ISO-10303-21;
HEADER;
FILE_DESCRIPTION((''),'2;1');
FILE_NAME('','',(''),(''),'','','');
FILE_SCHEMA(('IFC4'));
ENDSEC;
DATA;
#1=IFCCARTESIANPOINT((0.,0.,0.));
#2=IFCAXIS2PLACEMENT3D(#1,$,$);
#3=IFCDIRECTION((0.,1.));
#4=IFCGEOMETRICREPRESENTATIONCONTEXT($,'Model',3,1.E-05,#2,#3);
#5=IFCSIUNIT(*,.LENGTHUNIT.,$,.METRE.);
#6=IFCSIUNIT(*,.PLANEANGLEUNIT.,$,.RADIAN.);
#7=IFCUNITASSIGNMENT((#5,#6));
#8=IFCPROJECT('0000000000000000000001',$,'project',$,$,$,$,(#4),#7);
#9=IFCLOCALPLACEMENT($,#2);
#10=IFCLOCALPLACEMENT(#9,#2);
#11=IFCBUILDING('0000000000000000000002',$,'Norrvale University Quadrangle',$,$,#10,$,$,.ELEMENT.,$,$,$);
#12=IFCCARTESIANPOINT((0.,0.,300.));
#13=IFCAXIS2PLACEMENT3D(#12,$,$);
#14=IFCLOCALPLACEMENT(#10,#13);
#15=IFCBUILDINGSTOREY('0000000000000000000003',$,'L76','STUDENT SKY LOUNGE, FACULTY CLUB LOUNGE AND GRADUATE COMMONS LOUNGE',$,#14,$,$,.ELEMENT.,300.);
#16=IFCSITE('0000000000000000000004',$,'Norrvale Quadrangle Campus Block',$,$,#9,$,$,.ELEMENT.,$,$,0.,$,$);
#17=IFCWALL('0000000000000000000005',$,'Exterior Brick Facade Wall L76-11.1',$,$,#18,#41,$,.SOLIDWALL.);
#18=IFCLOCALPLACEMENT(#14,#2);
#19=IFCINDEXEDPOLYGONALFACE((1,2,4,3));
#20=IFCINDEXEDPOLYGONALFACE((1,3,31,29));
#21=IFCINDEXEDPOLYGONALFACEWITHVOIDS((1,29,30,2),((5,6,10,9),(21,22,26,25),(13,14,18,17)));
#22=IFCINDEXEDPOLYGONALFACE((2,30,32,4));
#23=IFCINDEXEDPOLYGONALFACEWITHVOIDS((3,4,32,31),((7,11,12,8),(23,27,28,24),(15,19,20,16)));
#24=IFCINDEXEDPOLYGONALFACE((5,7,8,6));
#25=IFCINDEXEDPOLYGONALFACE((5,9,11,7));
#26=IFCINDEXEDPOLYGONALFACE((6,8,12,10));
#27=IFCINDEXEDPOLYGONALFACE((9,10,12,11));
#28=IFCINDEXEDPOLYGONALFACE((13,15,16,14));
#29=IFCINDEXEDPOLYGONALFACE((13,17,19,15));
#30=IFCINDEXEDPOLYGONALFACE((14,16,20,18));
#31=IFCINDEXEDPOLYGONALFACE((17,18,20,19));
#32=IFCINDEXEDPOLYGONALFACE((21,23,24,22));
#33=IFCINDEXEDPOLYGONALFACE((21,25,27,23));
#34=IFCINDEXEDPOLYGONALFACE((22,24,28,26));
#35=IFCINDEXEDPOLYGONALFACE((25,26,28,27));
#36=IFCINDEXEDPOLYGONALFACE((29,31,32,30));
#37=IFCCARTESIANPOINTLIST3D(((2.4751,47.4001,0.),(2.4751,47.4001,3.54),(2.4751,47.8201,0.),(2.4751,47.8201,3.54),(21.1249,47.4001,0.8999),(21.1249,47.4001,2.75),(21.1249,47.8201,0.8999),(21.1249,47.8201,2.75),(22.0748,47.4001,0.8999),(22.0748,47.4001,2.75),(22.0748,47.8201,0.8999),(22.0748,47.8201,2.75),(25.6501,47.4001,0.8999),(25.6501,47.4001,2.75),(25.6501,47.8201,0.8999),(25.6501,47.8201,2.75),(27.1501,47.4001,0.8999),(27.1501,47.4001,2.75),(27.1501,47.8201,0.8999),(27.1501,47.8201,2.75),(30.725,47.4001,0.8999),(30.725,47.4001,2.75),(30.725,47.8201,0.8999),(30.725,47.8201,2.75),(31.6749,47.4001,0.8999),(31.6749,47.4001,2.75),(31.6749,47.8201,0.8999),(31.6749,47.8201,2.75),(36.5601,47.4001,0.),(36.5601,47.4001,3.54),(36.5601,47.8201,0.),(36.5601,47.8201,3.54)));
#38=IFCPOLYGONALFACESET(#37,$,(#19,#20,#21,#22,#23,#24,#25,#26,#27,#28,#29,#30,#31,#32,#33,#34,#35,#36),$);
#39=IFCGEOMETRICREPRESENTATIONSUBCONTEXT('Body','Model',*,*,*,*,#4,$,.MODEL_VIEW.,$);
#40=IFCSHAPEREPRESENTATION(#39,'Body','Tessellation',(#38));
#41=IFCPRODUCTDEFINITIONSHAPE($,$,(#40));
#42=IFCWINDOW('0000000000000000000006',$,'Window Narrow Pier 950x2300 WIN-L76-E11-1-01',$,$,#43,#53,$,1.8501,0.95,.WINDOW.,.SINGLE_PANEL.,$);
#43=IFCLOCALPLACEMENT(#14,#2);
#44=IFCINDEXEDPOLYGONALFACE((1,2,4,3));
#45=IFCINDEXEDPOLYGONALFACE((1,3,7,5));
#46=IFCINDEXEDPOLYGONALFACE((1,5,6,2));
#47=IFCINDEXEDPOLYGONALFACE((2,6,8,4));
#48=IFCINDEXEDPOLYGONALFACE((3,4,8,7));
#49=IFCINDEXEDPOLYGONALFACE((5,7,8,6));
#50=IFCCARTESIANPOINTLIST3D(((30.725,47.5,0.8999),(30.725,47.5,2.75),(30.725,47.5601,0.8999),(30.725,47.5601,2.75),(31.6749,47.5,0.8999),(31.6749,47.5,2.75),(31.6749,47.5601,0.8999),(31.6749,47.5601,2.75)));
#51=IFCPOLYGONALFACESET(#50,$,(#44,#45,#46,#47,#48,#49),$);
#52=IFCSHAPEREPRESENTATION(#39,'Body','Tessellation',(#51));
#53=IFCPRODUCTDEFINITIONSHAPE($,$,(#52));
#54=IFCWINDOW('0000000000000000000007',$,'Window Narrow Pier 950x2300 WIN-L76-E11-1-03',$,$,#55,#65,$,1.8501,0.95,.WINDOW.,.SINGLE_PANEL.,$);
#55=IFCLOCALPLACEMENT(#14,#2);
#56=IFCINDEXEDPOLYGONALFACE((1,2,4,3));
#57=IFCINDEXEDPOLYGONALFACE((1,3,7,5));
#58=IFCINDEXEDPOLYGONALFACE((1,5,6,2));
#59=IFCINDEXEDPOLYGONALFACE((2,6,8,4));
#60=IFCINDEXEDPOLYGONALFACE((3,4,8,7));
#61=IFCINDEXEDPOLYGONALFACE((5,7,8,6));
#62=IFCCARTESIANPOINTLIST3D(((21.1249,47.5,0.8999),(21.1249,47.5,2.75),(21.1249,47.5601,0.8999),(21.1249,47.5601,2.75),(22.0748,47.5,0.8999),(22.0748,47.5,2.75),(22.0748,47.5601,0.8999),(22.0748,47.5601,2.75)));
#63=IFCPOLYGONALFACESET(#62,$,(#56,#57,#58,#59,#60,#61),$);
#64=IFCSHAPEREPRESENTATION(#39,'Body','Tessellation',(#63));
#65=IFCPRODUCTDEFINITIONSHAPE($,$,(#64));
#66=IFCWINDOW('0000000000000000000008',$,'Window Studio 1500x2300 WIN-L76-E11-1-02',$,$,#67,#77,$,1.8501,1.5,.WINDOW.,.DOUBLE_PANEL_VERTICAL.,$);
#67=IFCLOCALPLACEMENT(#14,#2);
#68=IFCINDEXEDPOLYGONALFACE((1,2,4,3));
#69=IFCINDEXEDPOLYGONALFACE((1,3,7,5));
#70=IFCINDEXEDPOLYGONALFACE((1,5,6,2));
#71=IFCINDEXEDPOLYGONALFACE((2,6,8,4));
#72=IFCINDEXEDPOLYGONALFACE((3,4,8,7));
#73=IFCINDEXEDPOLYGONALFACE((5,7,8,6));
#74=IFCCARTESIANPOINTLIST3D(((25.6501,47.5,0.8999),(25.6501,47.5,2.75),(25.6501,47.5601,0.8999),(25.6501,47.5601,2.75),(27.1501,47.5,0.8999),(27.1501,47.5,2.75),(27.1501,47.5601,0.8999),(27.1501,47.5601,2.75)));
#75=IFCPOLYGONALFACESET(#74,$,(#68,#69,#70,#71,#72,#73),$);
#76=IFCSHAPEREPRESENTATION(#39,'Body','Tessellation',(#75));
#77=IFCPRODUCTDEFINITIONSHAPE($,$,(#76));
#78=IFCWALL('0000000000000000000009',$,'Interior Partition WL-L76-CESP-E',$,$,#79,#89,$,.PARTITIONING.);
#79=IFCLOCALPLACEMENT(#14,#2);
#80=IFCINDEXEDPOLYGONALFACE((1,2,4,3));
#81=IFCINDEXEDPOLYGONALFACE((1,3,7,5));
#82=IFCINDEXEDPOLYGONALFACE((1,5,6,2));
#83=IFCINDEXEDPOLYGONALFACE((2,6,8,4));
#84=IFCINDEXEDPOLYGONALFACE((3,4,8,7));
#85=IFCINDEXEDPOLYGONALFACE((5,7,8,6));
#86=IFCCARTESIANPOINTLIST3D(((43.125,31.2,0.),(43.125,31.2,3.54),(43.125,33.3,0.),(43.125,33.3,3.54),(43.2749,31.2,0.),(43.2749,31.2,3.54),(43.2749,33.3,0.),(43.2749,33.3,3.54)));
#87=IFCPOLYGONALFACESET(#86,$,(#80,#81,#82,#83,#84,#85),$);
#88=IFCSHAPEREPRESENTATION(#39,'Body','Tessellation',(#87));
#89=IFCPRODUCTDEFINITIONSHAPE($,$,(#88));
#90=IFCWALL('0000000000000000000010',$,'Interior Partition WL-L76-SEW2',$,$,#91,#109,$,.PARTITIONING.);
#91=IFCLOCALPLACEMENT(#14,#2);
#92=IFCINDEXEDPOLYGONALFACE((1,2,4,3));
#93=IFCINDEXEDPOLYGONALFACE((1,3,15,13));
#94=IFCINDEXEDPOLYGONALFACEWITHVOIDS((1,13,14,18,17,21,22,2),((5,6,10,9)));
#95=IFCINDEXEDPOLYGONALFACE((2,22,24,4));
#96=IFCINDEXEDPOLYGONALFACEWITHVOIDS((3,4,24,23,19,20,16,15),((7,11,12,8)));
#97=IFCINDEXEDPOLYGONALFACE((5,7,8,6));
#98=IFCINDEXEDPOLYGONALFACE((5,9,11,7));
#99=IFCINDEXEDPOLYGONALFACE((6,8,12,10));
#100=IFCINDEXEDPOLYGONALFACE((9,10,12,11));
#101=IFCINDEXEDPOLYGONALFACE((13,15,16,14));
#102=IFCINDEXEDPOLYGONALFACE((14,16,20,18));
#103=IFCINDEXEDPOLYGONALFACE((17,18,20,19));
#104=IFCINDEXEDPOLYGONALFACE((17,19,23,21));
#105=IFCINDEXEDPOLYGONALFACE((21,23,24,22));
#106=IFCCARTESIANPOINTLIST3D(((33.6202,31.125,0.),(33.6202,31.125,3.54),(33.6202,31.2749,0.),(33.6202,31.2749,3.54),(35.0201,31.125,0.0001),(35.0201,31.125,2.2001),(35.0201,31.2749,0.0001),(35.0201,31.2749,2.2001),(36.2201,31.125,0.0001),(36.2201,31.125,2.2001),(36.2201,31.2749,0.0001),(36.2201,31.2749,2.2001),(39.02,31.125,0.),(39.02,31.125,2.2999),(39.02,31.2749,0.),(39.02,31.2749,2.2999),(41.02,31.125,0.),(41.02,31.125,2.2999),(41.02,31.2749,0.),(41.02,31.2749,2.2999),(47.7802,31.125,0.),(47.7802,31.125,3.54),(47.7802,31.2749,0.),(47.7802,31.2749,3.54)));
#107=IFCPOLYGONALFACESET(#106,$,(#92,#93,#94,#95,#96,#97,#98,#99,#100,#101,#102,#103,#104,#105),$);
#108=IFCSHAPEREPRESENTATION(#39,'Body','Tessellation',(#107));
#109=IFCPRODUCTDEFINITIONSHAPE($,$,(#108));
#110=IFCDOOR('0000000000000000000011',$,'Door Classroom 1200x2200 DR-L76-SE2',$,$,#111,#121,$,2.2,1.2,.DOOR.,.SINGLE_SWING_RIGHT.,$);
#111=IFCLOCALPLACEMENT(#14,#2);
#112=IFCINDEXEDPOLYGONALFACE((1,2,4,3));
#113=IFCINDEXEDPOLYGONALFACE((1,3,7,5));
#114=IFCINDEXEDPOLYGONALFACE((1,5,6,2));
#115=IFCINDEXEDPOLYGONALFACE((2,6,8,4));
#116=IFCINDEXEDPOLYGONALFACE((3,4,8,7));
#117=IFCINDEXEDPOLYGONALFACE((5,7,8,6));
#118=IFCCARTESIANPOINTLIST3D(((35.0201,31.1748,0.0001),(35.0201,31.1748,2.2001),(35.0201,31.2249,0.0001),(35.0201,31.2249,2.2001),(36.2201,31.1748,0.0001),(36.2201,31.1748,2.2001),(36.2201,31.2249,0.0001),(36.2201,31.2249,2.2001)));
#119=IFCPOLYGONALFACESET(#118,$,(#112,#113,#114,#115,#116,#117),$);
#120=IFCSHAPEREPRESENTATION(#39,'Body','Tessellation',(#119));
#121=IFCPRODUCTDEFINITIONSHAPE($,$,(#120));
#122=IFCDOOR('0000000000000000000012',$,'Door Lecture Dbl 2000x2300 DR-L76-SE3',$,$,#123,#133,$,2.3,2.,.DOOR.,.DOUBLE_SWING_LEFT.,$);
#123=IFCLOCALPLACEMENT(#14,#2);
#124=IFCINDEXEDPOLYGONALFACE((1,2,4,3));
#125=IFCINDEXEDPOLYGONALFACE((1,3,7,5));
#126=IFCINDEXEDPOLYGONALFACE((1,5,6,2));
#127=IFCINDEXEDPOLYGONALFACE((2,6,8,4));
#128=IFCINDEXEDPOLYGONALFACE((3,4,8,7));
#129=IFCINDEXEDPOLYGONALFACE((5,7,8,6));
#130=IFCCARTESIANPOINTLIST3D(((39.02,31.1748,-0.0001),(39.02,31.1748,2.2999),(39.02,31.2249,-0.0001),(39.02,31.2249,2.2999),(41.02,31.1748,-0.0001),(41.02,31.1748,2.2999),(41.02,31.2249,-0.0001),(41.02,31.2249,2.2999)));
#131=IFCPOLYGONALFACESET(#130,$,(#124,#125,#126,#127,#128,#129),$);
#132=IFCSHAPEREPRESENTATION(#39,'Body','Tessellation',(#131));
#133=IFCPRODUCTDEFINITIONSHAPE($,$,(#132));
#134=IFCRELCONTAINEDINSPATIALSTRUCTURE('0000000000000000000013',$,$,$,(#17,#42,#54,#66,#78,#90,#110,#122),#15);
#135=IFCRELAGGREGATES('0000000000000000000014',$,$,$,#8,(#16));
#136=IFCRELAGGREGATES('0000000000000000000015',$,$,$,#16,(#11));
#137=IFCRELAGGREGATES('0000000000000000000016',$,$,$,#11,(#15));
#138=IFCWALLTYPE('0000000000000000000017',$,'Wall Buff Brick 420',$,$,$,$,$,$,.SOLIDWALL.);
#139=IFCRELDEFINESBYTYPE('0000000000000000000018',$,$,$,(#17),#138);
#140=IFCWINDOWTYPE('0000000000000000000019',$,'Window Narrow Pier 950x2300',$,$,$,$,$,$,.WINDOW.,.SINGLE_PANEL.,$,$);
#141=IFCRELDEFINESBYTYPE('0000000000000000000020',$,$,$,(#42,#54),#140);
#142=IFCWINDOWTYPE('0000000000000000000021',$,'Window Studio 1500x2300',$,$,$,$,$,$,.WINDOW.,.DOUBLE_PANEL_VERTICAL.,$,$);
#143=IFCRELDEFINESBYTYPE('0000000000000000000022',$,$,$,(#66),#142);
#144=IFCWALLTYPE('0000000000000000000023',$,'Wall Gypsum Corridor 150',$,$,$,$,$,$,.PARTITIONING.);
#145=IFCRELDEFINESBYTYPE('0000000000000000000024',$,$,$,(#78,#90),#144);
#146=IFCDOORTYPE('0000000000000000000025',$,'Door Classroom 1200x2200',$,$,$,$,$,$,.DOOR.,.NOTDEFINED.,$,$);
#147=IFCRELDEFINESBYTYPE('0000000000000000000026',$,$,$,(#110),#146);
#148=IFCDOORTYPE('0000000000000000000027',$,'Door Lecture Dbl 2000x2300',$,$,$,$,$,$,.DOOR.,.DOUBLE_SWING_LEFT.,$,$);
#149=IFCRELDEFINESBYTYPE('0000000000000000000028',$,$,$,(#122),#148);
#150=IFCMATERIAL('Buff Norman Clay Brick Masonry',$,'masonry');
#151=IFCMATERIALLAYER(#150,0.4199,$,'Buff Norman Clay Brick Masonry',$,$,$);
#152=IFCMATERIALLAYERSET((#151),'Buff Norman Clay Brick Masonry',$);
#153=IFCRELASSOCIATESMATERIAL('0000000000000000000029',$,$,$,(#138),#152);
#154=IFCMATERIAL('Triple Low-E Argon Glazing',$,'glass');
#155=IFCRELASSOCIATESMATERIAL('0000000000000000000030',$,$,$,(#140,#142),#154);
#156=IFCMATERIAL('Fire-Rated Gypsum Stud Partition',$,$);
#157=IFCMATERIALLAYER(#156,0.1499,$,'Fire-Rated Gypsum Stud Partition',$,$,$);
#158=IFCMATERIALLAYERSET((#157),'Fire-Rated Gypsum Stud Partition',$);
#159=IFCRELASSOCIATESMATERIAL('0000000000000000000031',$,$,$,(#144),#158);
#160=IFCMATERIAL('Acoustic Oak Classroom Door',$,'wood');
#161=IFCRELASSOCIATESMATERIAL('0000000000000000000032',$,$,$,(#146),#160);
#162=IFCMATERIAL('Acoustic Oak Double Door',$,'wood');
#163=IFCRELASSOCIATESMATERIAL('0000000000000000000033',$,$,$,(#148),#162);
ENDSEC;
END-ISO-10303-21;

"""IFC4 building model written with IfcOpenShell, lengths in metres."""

from ifc_helpers import new_model, si_unit, direction, frame, frame_2d, origin, place, context, subcontext, project, spatial, rectangle, extrude, material, layer, layer_set, type_object, element, fill, save


model = new_model("IFC4")

# Units and contexts
model_context = context("Model", 3, precision=1e-05, world=origin(), true_north=direction((0.0, 1.0)))
body_context = subcontext(model_context, "Body", "Model", "MODEL_VIEW")
ifc_project = project(units=[si_unit("LENGTHUNIT", "METRE"), si_unit("PLANEANGLEUNIT", "RADIAN")], contexts=[model_context])

# Site, building, storey
site_placement = place(None, origin())
site = spatial("IfcSite", under=ifc_project, at=site_placement, Name="Norrvale Quadrangle Campus Block", CompositionType="ELEMENT", RefElevation=0.0)
building_placement = place(site_placement, origin())
building = spatial("IfcBuilding", under=site, at=building_placement, Name="Norrvale University Quadrangle", CompositionType="ELEMENT")
storey_placement = place(building_placement, frame((0.0, 0.0, 300.0)))
storey = spatial("IfcBuildingStorey", under=building, at=storey_placement, Name="L76", Description="STUDENT SKY LOUNGE, FACULTY CLUB LOUNGE AND GRADUATE COMMONS LOUNGE", CompositionType="ELEMENT", Elevation=300.0)

# Shared definitions
ifc_material_1 = material(Name="Buff Norman Clay Brick Masonry", Category="masonry")
ifc_layer_1 = layer(ifc_material_1, 0.4199, Name="Buff Norman Clay Brick Masonry")
ifc_layer_set_1 = layer_set([ifc_layer_1], Name="Buff Norman Clay Brick Masonry")
wall_type_1 = type_object("IfcWallType", Name="Wall Buff Brick 420", PredefinedType="SOLIDWALL", material=ifc_layer_set_1)

# Shared definitions
ifc_material_2 = material(Name="Triple Low-E Argon Glazing", Category="glass")

# Wall, openings, windows
wall_1_placement = place(storey_placement, frame((36.5601, 47.6101, 0.0), z_axis=(0.0, 0.0, 1.0), x_axis=(-1.0, 0.0, 0.0)))
wall_1 = element("IfcWall", 1, at=wall_1_placement, inside=storey, type_object=wall_type_1, Name="Exterior Brick Facade Wall L76-11.1", PredefinedType="SOLIDWALL", context=body_context, shape_type="SweptSolid", body=[
    extrude(rectangle(XDim=34.085, YDim=0.4199, at=frame_2d((17.0425, 0.0))), origin(), (0.0, 0.0, 1.0), 3.54),
])
opening_1_placement = place(wall_1_placement, frame((4.885, 0.0, 0.8999)))
opening_1 = element("IfcOpeningElement", 2, at=opening_1_placement, cuts=wall_1, PredefinedType="OPENING", context=body_context, shape_type="SweptSolid", body=[
    extrude(rectangle(XDim=0.95, YDim=1.8501, at=frame_2d((0.4751, 0.925))), frame((0.0, 0.2219, 0.0), z_axis=(0.0, -1.0, 0.0), x_axis=(1.0, 0.0, 0.0)), (0.0, 0.0, 1.0), 0.4438),
])
opening_2_placement = place(wall_1_placement, frame((9.4099, 0.0, 0.8999)))
opening_2 = element("IfcOpeningElement", 3, at=opening_2_placement, cuts=wall_1, PredefinedType="OPENING", context=body_context, shape_type="SweptSolid", body=[
    extrude(rectangle(XDim=1.5, YDim=1.8501, at=frame_2d((0.75, 0.925))), frame((0.0, 0.2219, 0.0), z_axis=(0.0, -1.0, 0.0), x_axis=(1.0, 0.0, 0.0)), (0.0, 0.0, 1.0), 0.4438),
])
opening_3_placement = place(wall_1_placement, frame((14.4851, 0.0, 0.8999)))
opening_3 = element("IfcOpeningElement", 4, at=opening_3_placement, cuts=wall_1, PredefinedType="OPENING", context=body_context, shape_type="SweptSolid", body=[
    extrude(rectangle(XDim=0.95, YDim=1.8501, at=frame_2d((0.4751, 0.925))), frame((0.0, 0.2219, 0.0), z_axis=(0.0, -1.0, 0.0), x_axis=(1.0, 0.0, 0.0)), (0.0, 0.0, 1.0), 0.4438),
])
window_type_1 = type_object("IfcWindowType", Name="Window Narrow Pier 950x2300", PartitioningType="SINGLE_PANEL", PredefinedType="WINDOW", material=ifc_material_2)
window_1_placement = place(opening_1_placement, origin())
window_1 = element("IfcWindow", 5, at=window_1_placement, inside=storey, type_object=window_type_1, Name="Window Narrow Pier 950x2300 WIN-L76-E11-1-01", OverallHeight=1.8501, OverallWidth=0.95, PartitioningType="SINGLE_PANEL", PredefinedType="WINDOW", context=body_context, shape_type="SweptSolid", body=[
    extrude(rectangle(XDim=0.95, YDim=1.8501, at=frame_2d((0.4751, 0.925))), frame((0.0, 0.1101, 0.0), z_axis=(0.0, -1.0, 0.0), x_axis=(1.0, 0.0, 0.0)), (0.0, 0.0, 1.0), 0.0601),
])
fill(opening_1, window_1)
window_2_placement = place(opening_3_placement, origin())
window_2 = element("IfcWindow", 6, at=window_2_placement, inside=storey, type_object=window_type_1, Name="Window Narrow Pier 950x2300 WIN-L76-E11-1-03", OverallHeight=1.8501, OverallWidth=0.95, PartitioningType="SINGLE_PANEL", PredefinedType="WINDOW", context=body_context, shape_type="SweptSolid", body=[
    extrude(rectangle(XDim=0.95, YDim=1.8501, at=frame_2d((0.4751, 0.925))), frame((0.0, 0.1101, 0.0), z_axis=(0.0, -1.0, 0.0), x_axis=(1.0, 0.0, 0.0)), (0.0, 0.0, 1.0), 0.0601),
])
fill(opening_3, window_2)
window_type_2 = type_object("IfcWindowType", Name="Window Studio 1500x2300", PartitioningType="DOUBLE_PANEL_VERTICAL", PredefinedType="WINDOW", material=ifc_material_2)
window_3_placement = place(opening_2_placement, origin())
window_3 = element("IfcWindow", 7, at=window_3_placement, inside=storey, type_object=window_type_2, Name="Window Studio 1500x2300 WIN-L76-E11-1-02", OverallHeight=1.8501, OverallWidth=1.5, PartitioningType="DOUBLE_PANEL_VERTICAL", PredefinedType="WINDOW", context=body_context, shape_type="SweptSolid", body=[
    extrude(rectangle(XDim=1.5, YDim=1.8501, at=frame_2d((0.75, 0.925))), frame((0.0, 0.1101, 0.0), z_axis=(0.0, -1.0, 0.0), x_axis=(1.0, 0.0, 0.0)), (0.0, 0.0, 1.0), 0.0601),
])
fill(opening_2, window_3)

# Wall
ifc_material_3 = material(Name="Fire-Rated Gypsum Stud Partition")
ifc_layer_2 = layer(ifc_material_3, 0.1499, Name="Fire-Rated Gypsum Stud Partition")
ifc_layer_set_2 = layer_set([ifc_layer_2], Name="Fire-Rated Gypsum Stud Partition")
wall_type_2 = type_object("IfcWallType", Name="Wall Gypsum Corridor 150", PredefinedType="PARTITIONING", material=ifc_layer_set_2)
wall_2_placement = place(storey_placement, frame((43.2, 31.2, 0.0), z_axis=(0.0, 0.0, 1.0), x_axis=(0.0, 1.0, 0.0)))
element("IfcWall", 8, at=wall_2_placement, inside=storey, type_object=wall_type_2, Name="Interior Partition WL-L76-CESP-E", PredefinedType="PARTITIONING", context=body_context, shape_type="SweptSolid", body=[
    extrude(rectangle(XDim=2.1001, YDim=0.1499, at=frame_2d((1.05, 0.0))), origin(), (0.0, 0.0, 1.0), 3.54),
])

# Wall, openings, doors
wall_3_placement = place(storey_placement, frame((33.6201, 31.2, 0.0), z_axis=(0.0, 0.0, 1.0), x_axis=(1.0, 0.0, 0.0)))
wall_3 = element("IfcWall", 9, at=wall_3_placement, inside=storey, type_object=wall_type_2, Name="Interior Partition WL-L76-SEW2", PredefinedType="PARTITIONING", context=body_context, shape_type="SweptSolid", body=[
    extrude(rectangle(XDim=14.1599, YDim=0.1499, at=frame_2d((7.0801, 0.0))), origin(), (0.0, 0.0, 1.0), 3.54),
])
opening_4_placement = place(wall_3_placement, frame((1.3999, 0.0, 0.0)))
opening_4 = element("IfcOpeningElement", 10, at=opening_4_placement, cuts=wall_3, PredefinedType="OPENING", context=body_context, shape_type="SweptSolid", body=[
    extrude(rectangle(XDim=1.2, YDim=2.2, at=frame_2d((0.6001, 1.1001))), frame((0.0, 0.0869, 0.0), z_axis=(0.0, -1.0, 0.0), x_axis=(1.0, 0.0, 0.0)), (0.0, 0.0, 1.0), 0.1738),
])
opening_5_placement = place(wall_3_placement, frame((5.3999, 0.0, 0.0)))
opening_5 = element("IfcOpeningElement", 11, at=opening_5_placement, cuts=wall_3, PredefinedType="OPENING", context=body_context, shape_type="SweptSolid", body=[
    extrude(rectangle(XDim=2.0, YDim=2.3, at=frame_2d((1.0, 1.1499))), frame((0.0, 0.0869, 0.0), z_axis=(0.0, -1.0, 0.0), x_axis=(1.0, 0.0, 0.0)), (0.0, 0.0, 1.0), 0.1738),
])
ifc_material_4 = material(Name="Acoustic Oak Classroom Door", Category="wood")
door_type_1 = type_object("IfcDoorType", Name="Door Classroom 1200x2200", OperationType="NOTDEFINED", PredefinedType="DOOR", material=ifc_material_4)
door_1_placement = place(opening_4_placement, origin())
door_1 = element("IfcDoor", 12, at=door_1_placement, inside=storey, type_object=door_type_1, Name="Door Classroom 1200x2200 DR-L76-SE2", OperationType="SINGLE_SWING_RIGHT", OverallHeight=2.2, OverallWidth=1.2, PredefinedType="DOOR", context=body_context, shape_type="SweptSolid", body=[
    extrude(rectangle(XDim=1.2, YDim=2.2, at=frame_2d((0.6001, 1.1001))), frame((0.0, 0.0249, 0.0), z_axis=(0.0, -1.0, 0.0), x_axis=(1.0, 0.0, 0.0)), (0.0, 0.0, 1.0), 0.05),
])
fill(opening_4, door_1)
ifc_material_5 = material(Name="Acoustic Oak Double Door", Category="wood")
door_type_2 = type_object("IfcDoorType", Name="Door Lecture Dbl 2000x2300", OperationType="DOUBLE_SWING_LEFT", PredefinedType="DOOR", material=ifc_material_5)
door_2_placement = place(opening_5_placement, origin())
door_2 = element("IfcDoor", 13, at=door_2_placement, inside=storey, type_object=door_type_2, Name="Door Lecture Dbl 2000x2300 DR-L76-SE3", OperationType="DOUBLE_SWING_LEFT", OverallHeight=2.3, OverallWidth=2.0, PredefinedType="DOOR", context=body_context, shape_type="SweptSolid", body=[
    extrude(rectangle(XDim=2.0, YDim=2.3, at=frame_2d((1.0, 1.1499))), frame((0.0, 0.0249, 0.0), z_axis=(0.0, -1.0, 0.0), x_axis=(1.0, 0.0, 0.0)), (0.0, 0.0, 1.0), 0.05),
])
fill(opening_5, door_2)

save(model, "model.ifc")
